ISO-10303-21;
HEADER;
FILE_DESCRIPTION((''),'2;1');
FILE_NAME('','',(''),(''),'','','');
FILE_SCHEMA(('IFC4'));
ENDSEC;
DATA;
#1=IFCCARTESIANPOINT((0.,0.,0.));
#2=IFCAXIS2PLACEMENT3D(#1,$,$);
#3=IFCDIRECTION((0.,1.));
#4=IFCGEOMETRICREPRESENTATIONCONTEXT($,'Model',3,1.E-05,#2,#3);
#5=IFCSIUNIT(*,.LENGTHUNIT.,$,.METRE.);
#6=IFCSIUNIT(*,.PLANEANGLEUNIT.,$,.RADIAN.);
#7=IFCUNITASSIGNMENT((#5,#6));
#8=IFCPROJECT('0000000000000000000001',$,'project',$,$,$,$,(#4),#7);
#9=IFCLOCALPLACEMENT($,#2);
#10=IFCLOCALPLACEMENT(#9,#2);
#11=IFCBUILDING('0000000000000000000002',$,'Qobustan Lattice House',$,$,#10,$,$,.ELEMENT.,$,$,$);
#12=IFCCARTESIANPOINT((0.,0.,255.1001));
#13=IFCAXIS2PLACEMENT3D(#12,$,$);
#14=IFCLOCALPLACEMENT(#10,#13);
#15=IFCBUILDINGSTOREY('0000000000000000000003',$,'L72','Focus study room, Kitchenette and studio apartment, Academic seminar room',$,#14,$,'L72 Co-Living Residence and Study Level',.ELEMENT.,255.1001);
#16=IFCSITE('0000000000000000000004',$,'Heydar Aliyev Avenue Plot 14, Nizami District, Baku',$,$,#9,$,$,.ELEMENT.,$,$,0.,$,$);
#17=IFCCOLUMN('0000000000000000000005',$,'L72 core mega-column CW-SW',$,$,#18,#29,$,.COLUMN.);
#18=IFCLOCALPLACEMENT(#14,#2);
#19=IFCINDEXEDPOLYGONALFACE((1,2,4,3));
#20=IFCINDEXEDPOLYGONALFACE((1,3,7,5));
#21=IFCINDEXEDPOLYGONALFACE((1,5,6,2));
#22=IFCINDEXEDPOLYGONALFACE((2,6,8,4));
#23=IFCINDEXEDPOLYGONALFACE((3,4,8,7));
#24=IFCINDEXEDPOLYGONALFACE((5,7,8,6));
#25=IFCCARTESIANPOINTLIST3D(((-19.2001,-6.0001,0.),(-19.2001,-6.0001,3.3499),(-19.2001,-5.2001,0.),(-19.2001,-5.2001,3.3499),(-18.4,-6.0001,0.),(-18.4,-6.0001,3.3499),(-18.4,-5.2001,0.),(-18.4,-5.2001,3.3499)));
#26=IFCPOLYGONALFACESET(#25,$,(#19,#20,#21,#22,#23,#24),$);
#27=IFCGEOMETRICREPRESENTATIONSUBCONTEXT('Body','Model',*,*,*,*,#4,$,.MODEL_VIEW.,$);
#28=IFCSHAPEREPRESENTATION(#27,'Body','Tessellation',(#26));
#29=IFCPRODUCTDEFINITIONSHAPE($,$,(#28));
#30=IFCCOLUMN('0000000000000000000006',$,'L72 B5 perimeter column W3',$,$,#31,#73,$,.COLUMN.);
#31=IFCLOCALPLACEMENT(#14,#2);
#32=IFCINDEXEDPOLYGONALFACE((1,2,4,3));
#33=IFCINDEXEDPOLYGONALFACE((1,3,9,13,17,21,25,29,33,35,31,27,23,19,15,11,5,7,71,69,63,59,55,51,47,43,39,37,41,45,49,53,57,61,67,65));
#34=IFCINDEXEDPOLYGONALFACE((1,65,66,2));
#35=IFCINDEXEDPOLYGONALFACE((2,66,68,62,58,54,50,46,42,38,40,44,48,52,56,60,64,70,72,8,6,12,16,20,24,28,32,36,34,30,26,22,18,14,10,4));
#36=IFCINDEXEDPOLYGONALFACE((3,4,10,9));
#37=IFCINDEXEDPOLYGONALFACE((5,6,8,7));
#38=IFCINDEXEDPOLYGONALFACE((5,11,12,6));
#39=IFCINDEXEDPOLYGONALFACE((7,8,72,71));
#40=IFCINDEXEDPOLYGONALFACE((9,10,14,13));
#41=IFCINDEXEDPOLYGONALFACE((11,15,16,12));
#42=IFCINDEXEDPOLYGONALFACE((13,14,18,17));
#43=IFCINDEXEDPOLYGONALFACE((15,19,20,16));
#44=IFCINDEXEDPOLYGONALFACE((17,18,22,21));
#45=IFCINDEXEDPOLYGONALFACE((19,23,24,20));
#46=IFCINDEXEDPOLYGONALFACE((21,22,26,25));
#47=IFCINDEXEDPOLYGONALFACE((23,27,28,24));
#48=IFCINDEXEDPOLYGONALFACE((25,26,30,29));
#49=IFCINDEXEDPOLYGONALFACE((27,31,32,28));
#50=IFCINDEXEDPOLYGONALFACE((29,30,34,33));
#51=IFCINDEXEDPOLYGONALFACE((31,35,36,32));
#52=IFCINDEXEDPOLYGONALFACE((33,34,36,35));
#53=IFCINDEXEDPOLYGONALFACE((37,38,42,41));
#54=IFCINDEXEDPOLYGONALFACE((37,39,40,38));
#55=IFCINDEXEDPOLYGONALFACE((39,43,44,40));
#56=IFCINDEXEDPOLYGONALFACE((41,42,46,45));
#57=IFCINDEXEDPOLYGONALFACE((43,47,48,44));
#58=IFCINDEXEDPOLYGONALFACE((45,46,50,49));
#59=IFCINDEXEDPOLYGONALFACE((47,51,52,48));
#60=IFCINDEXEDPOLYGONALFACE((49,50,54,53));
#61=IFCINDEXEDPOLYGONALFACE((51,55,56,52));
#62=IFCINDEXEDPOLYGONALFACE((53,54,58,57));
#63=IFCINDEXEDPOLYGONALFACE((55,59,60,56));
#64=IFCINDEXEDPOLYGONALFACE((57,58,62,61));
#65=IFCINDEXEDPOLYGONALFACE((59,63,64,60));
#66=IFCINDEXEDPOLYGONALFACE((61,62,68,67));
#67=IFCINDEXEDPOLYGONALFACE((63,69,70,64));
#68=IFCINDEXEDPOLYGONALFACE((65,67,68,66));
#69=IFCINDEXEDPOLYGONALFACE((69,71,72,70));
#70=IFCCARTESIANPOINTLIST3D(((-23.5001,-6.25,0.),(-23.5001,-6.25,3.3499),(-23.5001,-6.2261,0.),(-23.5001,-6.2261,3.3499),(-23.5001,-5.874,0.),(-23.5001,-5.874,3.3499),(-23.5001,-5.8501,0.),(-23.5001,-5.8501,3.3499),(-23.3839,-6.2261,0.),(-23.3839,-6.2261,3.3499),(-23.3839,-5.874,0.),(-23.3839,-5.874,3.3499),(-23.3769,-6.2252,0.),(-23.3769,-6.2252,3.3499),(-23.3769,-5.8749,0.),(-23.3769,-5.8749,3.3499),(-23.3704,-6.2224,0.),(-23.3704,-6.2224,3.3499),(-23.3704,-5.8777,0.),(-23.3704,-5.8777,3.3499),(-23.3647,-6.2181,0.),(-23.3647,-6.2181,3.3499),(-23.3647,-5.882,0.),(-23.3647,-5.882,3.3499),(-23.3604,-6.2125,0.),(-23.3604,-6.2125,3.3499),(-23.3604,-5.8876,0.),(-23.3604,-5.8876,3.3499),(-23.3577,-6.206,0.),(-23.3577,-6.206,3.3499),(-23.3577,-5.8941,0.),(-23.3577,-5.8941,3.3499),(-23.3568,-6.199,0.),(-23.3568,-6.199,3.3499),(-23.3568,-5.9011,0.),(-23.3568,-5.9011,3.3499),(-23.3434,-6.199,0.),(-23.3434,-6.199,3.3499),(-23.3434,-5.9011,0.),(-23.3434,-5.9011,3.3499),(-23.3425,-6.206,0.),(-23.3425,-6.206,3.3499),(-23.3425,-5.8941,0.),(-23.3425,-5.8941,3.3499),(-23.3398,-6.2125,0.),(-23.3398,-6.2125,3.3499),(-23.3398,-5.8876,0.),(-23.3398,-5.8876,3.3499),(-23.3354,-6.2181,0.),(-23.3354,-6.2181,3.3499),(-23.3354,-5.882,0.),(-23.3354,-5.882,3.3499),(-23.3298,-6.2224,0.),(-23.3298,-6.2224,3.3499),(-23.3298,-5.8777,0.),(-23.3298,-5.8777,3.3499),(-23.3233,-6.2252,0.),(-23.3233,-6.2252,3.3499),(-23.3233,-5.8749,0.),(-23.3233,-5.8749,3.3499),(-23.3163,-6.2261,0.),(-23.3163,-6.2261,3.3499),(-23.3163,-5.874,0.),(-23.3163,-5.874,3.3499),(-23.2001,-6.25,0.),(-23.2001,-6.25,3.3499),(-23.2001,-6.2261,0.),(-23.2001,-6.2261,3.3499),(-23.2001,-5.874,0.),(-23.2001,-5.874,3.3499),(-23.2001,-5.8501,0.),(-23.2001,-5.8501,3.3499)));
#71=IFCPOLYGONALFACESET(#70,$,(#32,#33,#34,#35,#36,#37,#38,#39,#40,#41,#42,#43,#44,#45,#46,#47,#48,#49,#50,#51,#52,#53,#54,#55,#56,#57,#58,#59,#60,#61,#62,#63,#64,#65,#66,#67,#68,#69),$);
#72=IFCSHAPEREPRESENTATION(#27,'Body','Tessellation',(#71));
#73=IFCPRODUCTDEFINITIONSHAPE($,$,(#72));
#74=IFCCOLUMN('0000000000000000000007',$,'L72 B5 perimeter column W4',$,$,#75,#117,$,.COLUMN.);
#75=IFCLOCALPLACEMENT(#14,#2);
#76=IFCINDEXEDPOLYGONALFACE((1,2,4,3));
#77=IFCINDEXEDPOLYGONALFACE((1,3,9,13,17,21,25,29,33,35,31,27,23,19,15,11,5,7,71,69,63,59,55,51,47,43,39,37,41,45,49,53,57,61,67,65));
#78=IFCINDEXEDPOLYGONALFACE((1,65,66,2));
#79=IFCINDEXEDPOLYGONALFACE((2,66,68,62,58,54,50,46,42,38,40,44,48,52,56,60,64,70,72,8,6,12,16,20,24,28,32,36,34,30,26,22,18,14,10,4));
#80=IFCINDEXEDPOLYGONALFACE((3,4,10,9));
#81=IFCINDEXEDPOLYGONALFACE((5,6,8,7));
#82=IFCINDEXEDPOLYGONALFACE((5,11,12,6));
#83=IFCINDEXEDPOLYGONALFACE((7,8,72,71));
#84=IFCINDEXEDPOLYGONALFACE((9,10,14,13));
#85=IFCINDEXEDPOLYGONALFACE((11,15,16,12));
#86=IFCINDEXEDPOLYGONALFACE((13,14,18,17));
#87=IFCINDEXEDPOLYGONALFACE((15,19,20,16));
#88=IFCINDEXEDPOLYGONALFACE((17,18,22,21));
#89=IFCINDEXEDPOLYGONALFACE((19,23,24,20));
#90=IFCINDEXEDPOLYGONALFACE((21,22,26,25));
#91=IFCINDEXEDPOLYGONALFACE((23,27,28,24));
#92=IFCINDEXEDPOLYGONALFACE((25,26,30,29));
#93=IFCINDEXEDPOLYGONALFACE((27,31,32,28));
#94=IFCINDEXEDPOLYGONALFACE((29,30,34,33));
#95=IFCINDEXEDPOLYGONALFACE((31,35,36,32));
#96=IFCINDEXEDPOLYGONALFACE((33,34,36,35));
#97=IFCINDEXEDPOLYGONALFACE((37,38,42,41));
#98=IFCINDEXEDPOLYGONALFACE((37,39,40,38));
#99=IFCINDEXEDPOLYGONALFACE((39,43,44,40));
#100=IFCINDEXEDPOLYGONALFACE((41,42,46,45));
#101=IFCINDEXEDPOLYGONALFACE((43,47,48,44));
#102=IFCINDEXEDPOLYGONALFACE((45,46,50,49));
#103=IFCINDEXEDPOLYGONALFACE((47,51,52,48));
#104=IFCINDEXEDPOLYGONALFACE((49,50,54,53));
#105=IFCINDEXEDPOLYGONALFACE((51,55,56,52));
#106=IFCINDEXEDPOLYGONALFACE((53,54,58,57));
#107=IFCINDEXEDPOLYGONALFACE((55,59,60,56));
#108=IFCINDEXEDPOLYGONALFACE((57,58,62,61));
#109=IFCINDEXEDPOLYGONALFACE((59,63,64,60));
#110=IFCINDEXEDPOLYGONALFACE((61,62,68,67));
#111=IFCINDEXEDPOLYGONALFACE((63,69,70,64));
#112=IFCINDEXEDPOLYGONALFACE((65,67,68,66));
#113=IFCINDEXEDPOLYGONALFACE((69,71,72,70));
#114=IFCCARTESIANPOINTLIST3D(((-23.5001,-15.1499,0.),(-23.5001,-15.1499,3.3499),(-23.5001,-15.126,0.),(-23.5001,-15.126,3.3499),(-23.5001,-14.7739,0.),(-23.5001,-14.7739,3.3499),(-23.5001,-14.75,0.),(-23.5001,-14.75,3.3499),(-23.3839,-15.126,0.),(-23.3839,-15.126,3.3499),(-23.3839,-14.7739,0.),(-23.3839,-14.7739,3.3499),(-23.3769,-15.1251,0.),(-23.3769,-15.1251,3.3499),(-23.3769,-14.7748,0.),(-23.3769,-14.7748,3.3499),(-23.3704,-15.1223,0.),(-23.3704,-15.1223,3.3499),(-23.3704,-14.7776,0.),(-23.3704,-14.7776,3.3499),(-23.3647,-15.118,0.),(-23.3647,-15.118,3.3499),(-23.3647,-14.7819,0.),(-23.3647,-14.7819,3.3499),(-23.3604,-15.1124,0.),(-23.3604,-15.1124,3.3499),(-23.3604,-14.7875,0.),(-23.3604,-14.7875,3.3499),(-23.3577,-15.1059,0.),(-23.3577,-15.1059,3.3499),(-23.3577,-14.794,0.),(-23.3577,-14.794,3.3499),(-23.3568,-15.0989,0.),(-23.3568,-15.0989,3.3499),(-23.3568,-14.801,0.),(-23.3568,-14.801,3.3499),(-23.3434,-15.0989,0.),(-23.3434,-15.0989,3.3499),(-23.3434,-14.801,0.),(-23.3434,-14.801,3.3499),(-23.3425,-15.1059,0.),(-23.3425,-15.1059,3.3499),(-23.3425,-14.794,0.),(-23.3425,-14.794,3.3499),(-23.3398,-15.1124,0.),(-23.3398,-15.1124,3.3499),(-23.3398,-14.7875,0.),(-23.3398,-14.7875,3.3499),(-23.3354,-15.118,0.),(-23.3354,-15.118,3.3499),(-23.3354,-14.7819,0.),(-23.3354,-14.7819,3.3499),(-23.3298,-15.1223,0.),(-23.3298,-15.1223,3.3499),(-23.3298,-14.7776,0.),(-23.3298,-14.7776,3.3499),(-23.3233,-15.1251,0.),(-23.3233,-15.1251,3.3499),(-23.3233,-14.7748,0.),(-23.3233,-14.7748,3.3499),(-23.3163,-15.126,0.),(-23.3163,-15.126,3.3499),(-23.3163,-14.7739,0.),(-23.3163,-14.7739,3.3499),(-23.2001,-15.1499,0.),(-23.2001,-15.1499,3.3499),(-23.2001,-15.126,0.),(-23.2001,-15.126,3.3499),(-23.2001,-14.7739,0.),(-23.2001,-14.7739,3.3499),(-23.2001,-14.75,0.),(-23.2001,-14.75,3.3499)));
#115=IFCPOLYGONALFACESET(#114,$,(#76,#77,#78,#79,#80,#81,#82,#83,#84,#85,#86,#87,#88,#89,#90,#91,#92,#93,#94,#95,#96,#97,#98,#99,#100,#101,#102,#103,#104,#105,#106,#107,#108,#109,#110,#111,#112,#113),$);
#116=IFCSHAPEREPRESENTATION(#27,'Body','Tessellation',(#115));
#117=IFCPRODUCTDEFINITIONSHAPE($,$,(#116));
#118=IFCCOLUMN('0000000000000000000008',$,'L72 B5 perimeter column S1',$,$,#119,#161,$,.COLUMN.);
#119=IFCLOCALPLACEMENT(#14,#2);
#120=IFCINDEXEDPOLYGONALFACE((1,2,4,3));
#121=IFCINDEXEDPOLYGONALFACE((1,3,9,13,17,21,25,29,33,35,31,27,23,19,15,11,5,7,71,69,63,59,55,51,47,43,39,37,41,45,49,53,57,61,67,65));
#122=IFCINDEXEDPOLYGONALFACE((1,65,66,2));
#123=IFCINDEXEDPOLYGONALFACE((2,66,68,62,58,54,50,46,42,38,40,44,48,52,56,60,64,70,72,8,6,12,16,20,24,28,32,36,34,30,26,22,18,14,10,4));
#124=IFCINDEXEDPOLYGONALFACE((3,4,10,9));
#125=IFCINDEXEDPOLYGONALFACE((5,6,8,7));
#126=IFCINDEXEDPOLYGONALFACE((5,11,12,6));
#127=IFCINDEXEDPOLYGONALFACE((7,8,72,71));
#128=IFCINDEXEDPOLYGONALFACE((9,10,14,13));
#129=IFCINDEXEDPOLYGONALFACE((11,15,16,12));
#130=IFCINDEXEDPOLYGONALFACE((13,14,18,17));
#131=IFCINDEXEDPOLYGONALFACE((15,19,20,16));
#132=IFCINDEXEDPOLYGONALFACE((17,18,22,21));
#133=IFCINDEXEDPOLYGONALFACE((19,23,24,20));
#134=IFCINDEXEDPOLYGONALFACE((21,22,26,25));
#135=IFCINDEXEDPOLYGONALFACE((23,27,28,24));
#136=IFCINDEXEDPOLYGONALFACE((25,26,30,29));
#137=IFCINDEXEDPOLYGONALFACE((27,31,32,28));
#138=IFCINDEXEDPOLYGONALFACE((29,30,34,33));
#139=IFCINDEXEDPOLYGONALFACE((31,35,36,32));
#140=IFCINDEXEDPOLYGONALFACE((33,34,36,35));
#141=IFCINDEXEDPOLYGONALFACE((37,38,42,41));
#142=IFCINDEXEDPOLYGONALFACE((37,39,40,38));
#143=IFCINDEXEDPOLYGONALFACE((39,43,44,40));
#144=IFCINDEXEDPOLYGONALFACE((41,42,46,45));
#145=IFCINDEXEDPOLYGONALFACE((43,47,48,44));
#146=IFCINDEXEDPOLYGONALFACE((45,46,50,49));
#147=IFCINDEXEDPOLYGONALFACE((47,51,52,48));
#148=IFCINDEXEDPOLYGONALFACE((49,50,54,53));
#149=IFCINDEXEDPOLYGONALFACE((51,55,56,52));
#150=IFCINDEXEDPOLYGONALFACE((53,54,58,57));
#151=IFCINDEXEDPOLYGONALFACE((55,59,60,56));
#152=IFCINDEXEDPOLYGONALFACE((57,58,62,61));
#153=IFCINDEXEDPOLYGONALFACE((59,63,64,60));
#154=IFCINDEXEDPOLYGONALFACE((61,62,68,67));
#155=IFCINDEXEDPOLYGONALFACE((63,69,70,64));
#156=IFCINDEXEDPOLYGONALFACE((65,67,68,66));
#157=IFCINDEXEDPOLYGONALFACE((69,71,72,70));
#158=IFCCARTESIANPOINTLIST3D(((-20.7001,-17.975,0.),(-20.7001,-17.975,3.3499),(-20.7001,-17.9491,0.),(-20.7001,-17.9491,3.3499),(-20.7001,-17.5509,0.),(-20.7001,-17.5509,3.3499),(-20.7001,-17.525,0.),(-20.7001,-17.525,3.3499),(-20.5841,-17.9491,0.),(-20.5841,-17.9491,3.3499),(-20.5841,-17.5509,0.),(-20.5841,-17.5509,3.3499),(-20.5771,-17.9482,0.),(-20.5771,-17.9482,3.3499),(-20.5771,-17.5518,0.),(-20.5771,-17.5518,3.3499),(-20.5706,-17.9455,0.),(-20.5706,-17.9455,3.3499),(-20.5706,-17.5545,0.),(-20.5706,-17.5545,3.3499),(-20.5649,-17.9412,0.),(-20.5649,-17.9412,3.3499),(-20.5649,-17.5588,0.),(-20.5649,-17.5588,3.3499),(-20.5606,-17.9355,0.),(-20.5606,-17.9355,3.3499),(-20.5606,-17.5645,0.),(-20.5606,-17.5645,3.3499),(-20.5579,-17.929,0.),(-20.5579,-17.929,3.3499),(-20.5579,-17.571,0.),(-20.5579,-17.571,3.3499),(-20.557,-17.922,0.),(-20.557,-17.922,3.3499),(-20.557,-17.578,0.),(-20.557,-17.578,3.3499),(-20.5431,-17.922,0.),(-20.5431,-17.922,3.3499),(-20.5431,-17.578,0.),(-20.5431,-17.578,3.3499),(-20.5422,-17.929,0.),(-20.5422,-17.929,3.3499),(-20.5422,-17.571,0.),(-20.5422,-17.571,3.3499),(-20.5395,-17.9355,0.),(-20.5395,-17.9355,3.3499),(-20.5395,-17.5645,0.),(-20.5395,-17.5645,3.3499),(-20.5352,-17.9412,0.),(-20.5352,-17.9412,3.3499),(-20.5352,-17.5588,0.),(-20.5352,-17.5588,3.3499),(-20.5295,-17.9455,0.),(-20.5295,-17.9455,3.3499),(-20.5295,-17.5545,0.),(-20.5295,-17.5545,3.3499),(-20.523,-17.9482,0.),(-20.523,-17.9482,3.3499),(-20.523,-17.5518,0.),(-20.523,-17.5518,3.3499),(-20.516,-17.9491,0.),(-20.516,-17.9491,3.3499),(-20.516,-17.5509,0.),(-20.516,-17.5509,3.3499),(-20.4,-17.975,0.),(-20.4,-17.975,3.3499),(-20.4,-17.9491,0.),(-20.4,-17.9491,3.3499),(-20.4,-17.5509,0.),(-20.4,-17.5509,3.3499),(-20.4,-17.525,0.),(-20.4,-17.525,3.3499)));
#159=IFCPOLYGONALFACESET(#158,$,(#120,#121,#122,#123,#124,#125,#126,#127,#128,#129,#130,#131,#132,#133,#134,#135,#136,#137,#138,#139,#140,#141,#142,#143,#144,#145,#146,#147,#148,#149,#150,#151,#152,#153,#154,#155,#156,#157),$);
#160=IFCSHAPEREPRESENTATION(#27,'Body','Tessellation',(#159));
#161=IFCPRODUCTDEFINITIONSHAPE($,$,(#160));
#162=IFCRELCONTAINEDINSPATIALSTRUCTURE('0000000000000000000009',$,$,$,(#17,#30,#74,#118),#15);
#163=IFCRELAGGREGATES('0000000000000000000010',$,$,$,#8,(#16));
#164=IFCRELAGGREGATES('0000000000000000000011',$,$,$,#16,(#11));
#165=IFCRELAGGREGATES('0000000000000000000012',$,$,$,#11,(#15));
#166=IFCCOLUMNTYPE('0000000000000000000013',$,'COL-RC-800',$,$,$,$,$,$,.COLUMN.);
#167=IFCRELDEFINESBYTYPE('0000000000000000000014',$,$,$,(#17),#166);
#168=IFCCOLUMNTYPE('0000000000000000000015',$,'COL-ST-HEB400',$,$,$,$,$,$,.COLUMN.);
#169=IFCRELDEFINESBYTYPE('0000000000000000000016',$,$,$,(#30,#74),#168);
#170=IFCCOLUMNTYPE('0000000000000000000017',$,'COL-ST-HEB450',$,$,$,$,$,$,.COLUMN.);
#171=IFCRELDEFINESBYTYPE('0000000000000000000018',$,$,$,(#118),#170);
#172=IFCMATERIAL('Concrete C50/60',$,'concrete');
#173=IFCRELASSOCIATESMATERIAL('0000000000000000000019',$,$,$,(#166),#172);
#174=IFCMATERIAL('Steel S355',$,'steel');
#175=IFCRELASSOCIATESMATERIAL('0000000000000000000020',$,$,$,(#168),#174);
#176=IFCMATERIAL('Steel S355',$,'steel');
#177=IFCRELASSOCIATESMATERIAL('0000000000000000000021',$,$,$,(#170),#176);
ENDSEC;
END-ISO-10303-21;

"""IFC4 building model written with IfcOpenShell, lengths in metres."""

from ifc_helpers import new_model, si_unit, direction, frame, origin, origin_2d, place, context, subcontext, project, spatial, rectangle, i_section, extrude, material, material_profile, profile_set, type_object, element, save


model = new_model("IFC4")

# Units and contexts
model_context = context("Model", 3, precision=1e-05, world=origin(), true_north=direction((0.0, 1.0)))
body_context = subcontext(model_context, "Body", "Model", "MODEL_VIEW")
ifc_project = project(units=[si_unit("LENGTHUNIT", "METRE"), si_unit("PLANEANGLEUNIT", "RADIAN")], contexts=[model_context])

# Site, building, storey
site_placement = place(None, origin())
site = spatial("IfcSite", under=ifc_project, at=site_placement, Name="Heydar Aliyev Avenue Plot 14, Nizami District, Baku", CompositionType="ELEMENT", RefElevation=0.0)
building_placement = place(site_placement, origin())
building = spatial("IfcBuilding", under=site, at=building_placement, Name="Qobustan Lattice House", CompositionType="ELEMENT")
storey_placement = place(building_placement, frame((0.0, 0.0, 255.1001)))
storey = spatial("IfcBuildingStorey", under=building, at=storey_placement, Name="L72", Description="Focus study room, Kitchenette and studio apartment, Academic seminar room", LongName="L72 Co-Living Residence and Study Level", CompositionType="ELEMENT", Elevation=255.1001)

# Columns
ifc_material_1 = material(Name="Concrete C50/60", Category="concrete")
ifc_material_profile_1 = material_profile(ifc_material_1, rectangle(XDim=0.8, YDim=0.8, at=origin_2d()), Name="RC800x800")
ifc_profile_set_1 = profile_set([ifc_material_profile_1], Name="Concrete C50/60")
column_type_1 = type_object("IfcColumnType", Name="COL-RC-800", PredefinedType="COLUMN", material=ifc_profile_set_1)
column_1_placement = place(storey_placement, frame((-18.8, -5.6001, 0.0), z_axis=(0.0, 0.0, 1.0), x_axis=(1.0, 0.0, 0.0)))
element("IfcColumn", 1, at=column_1_placement, inside=storey, type_object=column_type_1, Name="L72 core mega-column CW-SW", PredefinedType="COLUMN", context=body_context, shape_type="SweptSolid", body=[
    extrude(rectangle(XDim=0.8, YDim=0.8, at=origin_2d()), origin(), (0.0, 0.0, 1.0), 3.3499),
])
ifc_material_2 = material(Name="Steel S355", Category="steel")
ifc_material_profile_2 = material_profile(ifc_material_2, i_section(OverallWidth=0.3, OverallDepth=0.3999, WebThickness=0.0134, FlangeThickness=0.0239, FilletRadius=0.0271, at=origin_2d()), Name="HEB400")
ifc_profile_set_2 = profile_set([ifc_material_profile_2], Name="Steel S355")
column_type_2 = type_object("IfcColumnType", Name="COL-ST-HEB400", PredefinedType="COLUMN", material=ifc_profile_set_2)
for number, where, z_axis, x_axis, name in (
    (2, (-23.3501, -6.05, 0.0), (0.0, 0.0, 1.0), (1.0, 0.0, 0.0), "L72 B5 perimeter column W3"),
    (3, (-23.3501, -14.95, 0.0), (0.0, 0.0, 1.0), (1.0, 0.0, 0.0), "L72 B5 perimeter column W4"),
):
    element("IfcColumn", number, at=place(storey_placement, frame(where, z_axis=z_axis, x_axis=x_axis)), inside=storey, type_object=column_type_2, Name=name, PredefinedType="COLUMN", context=body_context, shape_type="SweptSolid", body=[
        extrude(i_section(OverallWidth=0.3, OverallDepth=0.3999, WebThickness=0.0134, FlangeThickness=0.0239, FilletRadius=0.0271, at=origin_2d()), origin(), (0.0, 0.0, 1.0), 3.3499),
    ])
ifc_material_3 = material(Name="Steel S355", Category="steel")
ifc_material_profile_3 = material_profile(ifc_material_3, i_section(OverallWidth=0.3, OverallDepth=0.45, WebThickness=0.0139, FlangeThickness=0.0259, FilletRadius=0.0271, at=origin_2d()), Name="HEB450")
ifc_profile_set_3 = profile_set([ifc_material_profile_3], Name="Steel S355")
column_type_3 = type_object("IfcColumnType", Name="COL-ST-HEB450", PredefinedType="COLUMN", material=ifc_profile_set_3)
column_2_placement = place(storey_placement, frame((-20.55, -17.75, 0.0), z_axis=(0.0, 0.0, 1.0), x_axis=(1.0, 0.0, 0.0)))
element("IfcColumn", 4, at=column_2_placement, inside=storey, type_object=column_type_3, Name="L72 B5 perimeter column S1", PredefinedType="COLUMN", context=body_context, shape_type="SweptSolid", body=[
    extrude(i_section(OverallWidth=0.3, OverallDepth=0.45, WebThickness=0.0139, FlangeThickness=0.0259, FilletRadius=0.0271, at=origin_2d()), origin(), (0.0, 0.0, 1.0), 3.3499),
])

save(model, "model.ifc")
